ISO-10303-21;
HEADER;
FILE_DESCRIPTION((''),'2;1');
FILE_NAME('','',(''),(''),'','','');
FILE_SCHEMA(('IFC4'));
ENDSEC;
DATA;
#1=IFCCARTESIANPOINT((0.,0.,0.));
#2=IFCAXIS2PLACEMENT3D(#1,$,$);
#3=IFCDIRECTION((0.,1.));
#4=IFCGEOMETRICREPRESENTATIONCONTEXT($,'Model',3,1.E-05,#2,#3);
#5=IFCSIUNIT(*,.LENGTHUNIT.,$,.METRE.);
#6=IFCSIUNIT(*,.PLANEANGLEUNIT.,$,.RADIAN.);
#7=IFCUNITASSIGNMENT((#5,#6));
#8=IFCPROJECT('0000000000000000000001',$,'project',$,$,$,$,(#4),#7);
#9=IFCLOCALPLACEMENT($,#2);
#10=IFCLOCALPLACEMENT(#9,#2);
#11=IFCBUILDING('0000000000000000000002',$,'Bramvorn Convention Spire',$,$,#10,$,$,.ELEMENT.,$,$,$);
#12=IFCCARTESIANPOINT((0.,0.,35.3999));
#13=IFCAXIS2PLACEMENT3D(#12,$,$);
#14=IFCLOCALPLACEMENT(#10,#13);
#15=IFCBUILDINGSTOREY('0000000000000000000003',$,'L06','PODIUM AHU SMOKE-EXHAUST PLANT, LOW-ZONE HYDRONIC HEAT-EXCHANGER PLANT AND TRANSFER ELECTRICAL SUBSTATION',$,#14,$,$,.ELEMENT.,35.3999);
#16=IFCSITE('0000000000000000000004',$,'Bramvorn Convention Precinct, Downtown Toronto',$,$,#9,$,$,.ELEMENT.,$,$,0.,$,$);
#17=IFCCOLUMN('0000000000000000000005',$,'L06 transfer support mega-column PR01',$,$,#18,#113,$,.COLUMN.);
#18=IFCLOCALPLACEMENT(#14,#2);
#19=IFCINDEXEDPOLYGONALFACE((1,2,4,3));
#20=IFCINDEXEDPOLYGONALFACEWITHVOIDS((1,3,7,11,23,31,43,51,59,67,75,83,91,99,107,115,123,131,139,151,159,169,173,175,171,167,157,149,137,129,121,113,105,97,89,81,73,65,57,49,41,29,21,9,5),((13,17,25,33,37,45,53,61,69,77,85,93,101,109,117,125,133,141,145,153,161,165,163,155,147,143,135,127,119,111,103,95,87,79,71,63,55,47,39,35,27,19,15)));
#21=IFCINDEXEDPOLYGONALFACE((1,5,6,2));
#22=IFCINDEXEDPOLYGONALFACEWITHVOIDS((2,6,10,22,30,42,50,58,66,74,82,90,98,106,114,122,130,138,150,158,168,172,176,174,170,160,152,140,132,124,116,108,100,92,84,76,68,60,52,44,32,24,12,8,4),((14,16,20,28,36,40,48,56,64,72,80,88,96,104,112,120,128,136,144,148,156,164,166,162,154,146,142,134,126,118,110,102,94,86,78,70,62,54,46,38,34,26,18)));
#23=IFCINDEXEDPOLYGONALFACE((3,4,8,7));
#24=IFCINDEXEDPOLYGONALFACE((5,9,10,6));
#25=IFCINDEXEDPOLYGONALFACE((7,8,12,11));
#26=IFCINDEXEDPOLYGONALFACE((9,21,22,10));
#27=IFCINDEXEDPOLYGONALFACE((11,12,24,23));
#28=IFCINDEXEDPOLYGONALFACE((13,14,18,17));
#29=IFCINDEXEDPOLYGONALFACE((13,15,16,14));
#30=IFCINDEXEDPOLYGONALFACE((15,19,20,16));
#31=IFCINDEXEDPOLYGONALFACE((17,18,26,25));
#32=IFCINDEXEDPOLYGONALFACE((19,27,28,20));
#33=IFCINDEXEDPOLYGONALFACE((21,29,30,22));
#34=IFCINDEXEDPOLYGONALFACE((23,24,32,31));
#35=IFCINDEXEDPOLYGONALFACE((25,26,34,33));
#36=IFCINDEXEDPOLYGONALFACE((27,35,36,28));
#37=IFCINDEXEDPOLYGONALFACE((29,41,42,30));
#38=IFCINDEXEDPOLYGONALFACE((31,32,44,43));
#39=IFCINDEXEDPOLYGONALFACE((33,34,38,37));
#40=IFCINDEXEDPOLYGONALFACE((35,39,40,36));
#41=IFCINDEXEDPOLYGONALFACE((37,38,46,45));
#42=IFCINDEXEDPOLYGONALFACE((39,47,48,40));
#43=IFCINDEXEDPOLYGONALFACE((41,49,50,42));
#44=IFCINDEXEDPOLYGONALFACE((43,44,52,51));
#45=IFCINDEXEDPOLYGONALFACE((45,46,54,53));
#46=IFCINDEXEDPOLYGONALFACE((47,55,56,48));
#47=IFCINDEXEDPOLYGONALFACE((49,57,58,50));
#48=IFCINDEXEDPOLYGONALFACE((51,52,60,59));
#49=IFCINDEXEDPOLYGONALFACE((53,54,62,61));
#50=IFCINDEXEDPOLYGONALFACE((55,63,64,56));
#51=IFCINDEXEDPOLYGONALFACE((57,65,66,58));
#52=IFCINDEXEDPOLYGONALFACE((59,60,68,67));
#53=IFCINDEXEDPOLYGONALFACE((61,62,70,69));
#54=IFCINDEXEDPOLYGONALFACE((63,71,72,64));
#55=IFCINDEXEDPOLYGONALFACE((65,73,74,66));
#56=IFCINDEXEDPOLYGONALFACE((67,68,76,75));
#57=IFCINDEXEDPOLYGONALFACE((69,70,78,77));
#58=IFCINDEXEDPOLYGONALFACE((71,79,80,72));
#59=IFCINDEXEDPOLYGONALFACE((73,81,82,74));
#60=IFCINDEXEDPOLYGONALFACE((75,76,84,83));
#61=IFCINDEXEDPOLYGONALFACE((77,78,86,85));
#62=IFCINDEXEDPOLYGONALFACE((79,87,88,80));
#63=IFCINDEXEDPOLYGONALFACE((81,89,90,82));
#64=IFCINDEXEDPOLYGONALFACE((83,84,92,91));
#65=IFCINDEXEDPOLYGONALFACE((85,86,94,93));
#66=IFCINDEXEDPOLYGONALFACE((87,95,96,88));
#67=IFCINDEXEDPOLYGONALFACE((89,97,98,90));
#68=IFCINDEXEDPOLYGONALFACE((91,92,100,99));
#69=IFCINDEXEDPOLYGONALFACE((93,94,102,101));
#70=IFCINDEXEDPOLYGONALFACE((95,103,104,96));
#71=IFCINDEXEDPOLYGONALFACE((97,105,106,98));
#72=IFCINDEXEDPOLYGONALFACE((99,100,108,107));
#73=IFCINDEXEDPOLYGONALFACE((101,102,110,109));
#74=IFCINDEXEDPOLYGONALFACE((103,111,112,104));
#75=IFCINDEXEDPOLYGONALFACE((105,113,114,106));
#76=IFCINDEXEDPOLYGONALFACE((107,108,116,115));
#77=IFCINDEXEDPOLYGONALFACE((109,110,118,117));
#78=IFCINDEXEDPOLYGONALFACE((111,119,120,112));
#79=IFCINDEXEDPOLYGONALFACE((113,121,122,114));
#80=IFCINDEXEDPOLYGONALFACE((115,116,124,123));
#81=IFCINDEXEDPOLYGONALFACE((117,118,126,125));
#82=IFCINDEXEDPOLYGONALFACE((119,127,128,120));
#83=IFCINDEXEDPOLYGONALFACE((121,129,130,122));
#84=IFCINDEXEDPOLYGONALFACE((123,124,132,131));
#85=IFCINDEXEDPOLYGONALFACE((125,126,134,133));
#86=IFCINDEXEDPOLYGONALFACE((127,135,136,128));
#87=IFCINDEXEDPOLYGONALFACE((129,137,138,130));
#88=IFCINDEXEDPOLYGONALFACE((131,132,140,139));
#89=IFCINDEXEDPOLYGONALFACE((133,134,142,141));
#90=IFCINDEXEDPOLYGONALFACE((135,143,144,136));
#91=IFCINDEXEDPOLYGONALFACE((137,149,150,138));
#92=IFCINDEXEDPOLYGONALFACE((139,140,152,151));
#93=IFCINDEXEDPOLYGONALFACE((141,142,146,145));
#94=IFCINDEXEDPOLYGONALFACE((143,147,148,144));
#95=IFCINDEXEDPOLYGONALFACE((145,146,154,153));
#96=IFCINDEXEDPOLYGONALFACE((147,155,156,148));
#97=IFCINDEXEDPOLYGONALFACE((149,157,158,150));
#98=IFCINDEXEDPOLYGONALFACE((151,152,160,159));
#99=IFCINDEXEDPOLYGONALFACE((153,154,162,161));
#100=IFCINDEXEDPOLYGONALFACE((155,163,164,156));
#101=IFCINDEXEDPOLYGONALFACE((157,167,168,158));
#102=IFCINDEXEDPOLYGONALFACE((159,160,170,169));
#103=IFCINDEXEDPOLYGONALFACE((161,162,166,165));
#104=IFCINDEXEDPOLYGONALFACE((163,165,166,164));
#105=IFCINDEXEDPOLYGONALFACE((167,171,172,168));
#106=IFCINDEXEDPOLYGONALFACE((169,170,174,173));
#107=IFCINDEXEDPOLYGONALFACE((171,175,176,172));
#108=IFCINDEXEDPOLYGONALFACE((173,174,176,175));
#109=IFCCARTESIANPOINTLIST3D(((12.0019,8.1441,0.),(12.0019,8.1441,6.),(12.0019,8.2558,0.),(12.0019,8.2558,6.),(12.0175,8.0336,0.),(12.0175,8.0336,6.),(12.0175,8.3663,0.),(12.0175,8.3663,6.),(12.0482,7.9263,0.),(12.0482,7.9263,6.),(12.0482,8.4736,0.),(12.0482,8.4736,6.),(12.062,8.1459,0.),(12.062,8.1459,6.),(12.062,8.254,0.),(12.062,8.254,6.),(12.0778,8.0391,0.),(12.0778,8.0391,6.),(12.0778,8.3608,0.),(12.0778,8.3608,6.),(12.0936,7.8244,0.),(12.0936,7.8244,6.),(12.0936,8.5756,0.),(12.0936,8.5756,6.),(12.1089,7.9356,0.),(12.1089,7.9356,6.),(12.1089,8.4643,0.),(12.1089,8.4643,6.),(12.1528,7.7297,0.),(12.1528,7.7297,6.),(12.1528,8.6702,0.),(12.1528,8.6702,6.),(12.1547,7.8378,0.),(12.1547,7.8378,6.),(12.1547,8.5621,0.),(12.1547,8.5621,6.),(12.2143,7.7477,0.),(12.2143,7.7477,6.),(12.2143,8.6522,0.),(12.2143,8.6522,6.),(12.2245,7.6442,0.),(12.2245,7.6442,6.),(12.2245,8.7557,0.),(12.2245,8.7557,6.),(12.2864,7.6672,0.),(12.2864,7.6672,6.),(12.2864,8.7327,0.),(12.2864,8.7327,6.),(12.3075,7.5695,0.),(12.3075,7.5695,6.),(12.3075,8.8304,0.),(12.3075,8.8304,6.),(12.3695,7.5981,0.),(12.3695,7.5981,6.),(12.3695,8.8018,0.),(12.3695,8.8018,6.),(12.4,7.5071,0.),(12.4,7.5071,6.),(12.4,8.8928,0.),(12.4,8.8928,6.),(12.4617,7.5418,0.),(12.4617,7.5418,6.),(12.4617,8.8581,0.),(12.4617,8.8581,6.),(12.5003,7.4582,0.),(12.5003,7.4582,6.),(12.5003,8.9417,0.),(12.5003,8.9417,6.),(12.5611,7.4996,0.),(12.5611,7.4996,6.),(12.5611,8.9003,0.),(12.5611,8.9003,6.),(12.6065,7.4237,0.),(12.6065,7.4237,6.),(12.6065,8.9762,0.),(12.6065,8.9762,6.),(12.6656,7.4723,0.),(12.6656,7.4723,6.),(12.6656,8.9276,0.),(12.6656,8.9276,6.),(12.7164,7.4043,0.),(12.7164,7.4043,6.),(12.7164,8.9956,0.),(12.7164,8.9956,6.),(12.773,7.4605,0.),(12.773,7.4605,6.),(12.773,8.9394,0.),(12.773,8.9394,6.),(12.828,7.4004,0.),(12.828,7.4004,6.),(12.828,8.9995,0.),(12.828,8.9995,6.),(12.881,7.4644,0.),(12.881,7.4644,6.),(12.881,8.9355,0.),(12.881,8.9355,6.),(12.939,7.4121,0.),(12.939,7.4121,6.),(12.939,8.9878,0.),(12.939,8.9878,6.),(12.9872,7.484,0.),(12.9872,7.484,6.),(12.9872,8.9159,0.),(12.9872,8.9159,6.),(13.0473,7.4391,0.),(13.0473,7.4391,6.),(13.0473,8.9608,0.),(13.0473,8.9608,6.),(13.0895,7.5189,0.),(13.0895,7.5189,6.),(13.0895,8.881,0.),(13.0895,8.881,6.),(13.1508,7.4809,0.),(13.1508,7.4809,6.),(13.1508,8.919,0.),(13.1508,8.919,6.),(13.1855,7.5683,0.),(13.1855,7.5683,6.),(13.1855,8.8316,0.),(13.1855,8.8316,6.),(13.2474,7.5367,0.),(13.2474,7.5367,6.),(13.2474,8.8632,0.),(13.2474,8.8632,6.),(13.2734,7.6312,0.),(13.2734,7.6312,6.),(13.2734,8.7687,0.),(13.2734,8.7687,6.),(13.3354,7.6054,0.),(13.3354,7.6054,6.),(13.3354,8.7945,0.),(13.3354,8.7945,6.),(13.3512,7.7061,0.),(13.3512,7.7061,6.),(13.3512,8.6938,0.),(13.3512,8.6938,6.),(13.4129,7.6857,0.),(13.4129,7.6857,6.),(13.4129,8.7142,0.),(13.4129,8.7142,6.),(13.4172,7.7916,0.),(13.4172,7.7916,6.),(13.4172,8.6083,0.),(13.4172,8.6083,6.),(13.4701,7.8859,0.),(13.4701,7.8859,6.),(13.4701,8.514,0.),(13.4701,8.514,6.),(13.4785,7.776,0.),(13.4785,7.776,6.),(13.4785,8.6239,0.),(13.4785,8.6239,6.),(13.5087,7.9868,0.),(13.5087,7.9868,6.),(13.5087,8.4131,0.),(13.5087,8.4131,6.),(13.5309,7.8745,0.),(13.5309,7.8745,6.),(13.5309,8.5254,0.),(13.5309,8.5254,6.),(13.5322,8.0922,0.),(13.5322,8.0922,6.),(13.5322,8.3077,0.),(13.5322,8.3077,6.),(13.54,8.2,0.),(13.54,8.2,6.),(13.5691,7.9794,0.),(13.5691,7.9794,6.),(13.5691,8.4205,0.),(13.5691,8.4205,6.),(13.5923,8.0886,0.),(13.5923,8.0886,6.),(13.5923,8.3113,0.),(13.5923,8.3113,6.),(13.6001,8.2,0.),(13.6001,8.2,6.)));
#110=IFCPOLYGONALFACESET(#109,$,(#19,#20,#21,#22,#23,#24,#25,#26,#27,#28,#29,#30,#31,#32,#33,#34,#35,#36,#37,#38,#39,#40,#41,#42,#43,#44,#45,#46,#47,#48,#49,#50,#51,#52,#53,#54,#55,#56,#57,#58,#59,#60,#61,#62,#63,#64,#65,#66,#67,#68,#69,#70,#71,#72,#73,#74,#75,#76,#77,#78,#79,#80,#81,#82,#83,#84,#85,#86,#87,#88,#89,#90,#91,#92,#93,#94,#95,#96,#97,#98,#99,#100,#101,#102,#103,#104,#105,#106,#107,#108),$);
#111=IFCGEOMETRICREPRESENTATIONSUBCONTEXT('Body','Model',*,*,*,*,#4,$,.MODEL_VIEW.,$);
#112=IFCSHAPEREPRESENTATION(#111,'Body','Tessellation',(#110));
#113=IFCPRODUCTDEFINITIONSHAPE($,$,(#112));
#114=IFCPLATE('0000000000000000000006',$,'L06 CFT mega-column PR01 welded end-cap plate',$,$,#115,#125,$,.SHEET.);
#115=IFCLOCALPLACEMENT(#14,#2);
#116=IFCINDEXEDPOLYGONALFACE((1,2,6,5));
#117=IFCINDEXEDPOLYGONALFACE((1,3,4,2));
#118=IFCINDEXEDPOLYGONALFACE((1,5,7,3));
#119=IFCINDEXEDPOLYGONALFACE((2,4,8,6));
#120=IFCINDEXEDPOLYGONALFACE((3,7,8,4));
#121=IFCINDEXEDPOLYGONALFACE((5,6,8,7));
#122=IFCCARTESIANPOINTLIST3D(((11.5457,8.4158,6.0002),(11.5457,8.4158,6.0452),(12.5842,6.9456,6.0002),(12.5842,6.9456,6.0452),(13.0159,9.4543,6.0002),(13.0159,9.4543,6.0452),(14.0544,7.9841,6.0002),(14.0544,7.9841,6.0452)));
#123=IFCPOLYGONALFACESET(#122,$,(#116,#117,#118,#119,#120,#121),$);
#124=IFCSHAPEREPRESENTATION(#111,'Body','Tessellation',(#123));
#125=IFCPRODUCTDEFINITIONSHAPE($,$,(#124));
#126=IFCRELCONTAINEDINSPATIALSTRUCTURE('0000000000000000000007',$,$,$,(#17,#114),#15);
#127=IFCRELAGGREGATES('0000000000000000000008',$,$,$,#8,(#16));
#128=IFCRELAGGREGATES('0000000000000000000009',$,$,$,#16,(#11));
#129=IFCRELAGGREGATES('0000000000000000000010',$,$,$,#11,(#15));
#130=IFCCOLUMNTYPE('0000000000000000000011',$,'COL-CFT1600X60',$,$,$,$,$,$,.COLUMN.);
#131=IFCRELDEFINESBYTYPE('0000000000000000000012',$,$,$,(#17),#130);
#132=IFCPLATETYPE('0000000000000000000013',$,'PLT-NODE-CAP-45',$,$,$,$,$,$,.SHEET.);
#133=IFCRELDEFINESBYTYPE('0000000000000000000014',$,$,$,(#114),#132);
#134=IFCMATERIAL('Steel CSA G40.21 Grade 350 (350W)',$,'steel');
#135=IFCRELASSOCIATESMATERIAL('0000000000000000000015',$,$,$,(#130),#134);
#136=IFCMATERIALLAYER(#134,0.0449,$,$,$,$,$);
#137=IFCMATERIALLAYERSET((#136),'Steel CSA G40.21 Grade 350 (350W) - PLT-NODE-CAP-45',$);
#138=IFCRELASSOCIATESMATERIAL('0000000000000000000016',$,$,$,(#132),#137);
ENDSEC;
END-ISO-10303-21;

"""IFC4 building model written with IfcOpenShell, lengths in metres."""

from ifc_helpers import new_model, si_unit, direction, frame, origin, origin_2d, place, context, subcontext, project, spatial, rectangle, hollow_circle, extrude, material, layer, layer_set, material_profile, profile_set, type_object, element, save


model = new_model("IFC4")

# Units and contexts
model_context = context("Model", 3, precision=1e-05, world=origin(), true_north=direction((0.0, 1.0)))
body_context = subcontext(model_context, "Body", "Model", "MODEL_VIEW")
ifc_project = project(units=[si_unit("LENGTHUNIT", "METRE"), si_unit("PLANEANGLEUNIT", "RADIAN")], contexts=[model_context])

# Site, building, storey
site_placement = place(None, origin())
site = spatial("IfcSite", under=ifc_project, at=site_placement, Name="Bramvorn Convention Precinct, Downtown Toronto", CompositionType="ELEMENT", RefElevation=0.0)
building_placement = place(site_placement, origin())
building = spatial("IfcBuilding", under=site, at=building_placement, Name="Bramvorn Convention Spire", CompositionType="ELEMENT")
storey_placement = place(building_placement, frame((0.0, 0.0, 35.3999)))
storey = spatial("IfcBuildingStorey", under=building, at=storey_placement, Name="L06", Description="PODIUM AHU SMOKE-EXHAUST PLANT, LOW-ZONE HYDRONIC HEAT-EXCHANGER PLANT AND TRANSFER ELECTRICAL SUBSTATION", CompositionType="ELEMENT", Elevation=35.3999)

# Column
ifc_material_1 = material(Name="Steel CSA G40.21 Grade 350 (350W)", Category="steel")
ifc_material_profile = material_profile(ifc_material_1, hollow_circle(Radius=0.8, WallThickness=0.0601, at=origin_2d()))
ifc_profile_set = profile_set([ifc_material_profile], Name="Steel CSA G40.21 Grade 350 (350W) - CFT1600X60")
column_type = type_object("IfcColumnType", Name="COL-CFT1600X60", PredefinedType="COLUMN", material=ifc_profile_set)
column_placement = place(storey_placement, frame((12.8, 8.2, 0.0), z_axis=(0.0, 0.0, 1.0), x_axis=(1.0, 0.0, 0.0)))
element("IfcColumn", 1, at=column_placement, inside=storey, type_object=column_type, Name="L06 transfer support mega-column PR01", PredefinedType="COLUMN", context=body_context, shape_type="SweptSolid", body=[
    extrude(hollow_circle(Radius=0.8, WallThickness=0.0601, at=origin_2d()), origin(), (0.0, 0.0, 1.0), 6.0),
])

# Plate
ifc_layer_1 = layer(ifc_material_1, 0.0449)
ifc_layer_set_1 = layer_set([ifc_layer_1], Name="Steel CSA G40.21 Grade 350 (350W) - PLT-NODE-CAP-45")
plate_type = type_object("IfcPlateType", Name="PLT-NODE-CAP-45", PredefinedType="SHEET", material=ifc_layer_set_1)
plate_placement = place(storey_placement, frame((12.8, 8.2, 6.0002), z_axis=(0.0, 0.0, 1.0), x_axis=(-0.816788, -0.576938, 0.0)))
element("IfcPlate", 2, at=plate_placement, inside=storey, type_object=plate_type, Name="L06 CFT mega-column PR01 welded end-cap plate", PredefinedType="SHEET", context=body_context, shape_type="SweptSolid", body=[
    extrude(rectangle(XDim=1.8, YDim=1.8, at=origin_2d()), origin(), (0.0, 0.0, 1.0), 0.0449),
])

save(model, "model.ifc")
